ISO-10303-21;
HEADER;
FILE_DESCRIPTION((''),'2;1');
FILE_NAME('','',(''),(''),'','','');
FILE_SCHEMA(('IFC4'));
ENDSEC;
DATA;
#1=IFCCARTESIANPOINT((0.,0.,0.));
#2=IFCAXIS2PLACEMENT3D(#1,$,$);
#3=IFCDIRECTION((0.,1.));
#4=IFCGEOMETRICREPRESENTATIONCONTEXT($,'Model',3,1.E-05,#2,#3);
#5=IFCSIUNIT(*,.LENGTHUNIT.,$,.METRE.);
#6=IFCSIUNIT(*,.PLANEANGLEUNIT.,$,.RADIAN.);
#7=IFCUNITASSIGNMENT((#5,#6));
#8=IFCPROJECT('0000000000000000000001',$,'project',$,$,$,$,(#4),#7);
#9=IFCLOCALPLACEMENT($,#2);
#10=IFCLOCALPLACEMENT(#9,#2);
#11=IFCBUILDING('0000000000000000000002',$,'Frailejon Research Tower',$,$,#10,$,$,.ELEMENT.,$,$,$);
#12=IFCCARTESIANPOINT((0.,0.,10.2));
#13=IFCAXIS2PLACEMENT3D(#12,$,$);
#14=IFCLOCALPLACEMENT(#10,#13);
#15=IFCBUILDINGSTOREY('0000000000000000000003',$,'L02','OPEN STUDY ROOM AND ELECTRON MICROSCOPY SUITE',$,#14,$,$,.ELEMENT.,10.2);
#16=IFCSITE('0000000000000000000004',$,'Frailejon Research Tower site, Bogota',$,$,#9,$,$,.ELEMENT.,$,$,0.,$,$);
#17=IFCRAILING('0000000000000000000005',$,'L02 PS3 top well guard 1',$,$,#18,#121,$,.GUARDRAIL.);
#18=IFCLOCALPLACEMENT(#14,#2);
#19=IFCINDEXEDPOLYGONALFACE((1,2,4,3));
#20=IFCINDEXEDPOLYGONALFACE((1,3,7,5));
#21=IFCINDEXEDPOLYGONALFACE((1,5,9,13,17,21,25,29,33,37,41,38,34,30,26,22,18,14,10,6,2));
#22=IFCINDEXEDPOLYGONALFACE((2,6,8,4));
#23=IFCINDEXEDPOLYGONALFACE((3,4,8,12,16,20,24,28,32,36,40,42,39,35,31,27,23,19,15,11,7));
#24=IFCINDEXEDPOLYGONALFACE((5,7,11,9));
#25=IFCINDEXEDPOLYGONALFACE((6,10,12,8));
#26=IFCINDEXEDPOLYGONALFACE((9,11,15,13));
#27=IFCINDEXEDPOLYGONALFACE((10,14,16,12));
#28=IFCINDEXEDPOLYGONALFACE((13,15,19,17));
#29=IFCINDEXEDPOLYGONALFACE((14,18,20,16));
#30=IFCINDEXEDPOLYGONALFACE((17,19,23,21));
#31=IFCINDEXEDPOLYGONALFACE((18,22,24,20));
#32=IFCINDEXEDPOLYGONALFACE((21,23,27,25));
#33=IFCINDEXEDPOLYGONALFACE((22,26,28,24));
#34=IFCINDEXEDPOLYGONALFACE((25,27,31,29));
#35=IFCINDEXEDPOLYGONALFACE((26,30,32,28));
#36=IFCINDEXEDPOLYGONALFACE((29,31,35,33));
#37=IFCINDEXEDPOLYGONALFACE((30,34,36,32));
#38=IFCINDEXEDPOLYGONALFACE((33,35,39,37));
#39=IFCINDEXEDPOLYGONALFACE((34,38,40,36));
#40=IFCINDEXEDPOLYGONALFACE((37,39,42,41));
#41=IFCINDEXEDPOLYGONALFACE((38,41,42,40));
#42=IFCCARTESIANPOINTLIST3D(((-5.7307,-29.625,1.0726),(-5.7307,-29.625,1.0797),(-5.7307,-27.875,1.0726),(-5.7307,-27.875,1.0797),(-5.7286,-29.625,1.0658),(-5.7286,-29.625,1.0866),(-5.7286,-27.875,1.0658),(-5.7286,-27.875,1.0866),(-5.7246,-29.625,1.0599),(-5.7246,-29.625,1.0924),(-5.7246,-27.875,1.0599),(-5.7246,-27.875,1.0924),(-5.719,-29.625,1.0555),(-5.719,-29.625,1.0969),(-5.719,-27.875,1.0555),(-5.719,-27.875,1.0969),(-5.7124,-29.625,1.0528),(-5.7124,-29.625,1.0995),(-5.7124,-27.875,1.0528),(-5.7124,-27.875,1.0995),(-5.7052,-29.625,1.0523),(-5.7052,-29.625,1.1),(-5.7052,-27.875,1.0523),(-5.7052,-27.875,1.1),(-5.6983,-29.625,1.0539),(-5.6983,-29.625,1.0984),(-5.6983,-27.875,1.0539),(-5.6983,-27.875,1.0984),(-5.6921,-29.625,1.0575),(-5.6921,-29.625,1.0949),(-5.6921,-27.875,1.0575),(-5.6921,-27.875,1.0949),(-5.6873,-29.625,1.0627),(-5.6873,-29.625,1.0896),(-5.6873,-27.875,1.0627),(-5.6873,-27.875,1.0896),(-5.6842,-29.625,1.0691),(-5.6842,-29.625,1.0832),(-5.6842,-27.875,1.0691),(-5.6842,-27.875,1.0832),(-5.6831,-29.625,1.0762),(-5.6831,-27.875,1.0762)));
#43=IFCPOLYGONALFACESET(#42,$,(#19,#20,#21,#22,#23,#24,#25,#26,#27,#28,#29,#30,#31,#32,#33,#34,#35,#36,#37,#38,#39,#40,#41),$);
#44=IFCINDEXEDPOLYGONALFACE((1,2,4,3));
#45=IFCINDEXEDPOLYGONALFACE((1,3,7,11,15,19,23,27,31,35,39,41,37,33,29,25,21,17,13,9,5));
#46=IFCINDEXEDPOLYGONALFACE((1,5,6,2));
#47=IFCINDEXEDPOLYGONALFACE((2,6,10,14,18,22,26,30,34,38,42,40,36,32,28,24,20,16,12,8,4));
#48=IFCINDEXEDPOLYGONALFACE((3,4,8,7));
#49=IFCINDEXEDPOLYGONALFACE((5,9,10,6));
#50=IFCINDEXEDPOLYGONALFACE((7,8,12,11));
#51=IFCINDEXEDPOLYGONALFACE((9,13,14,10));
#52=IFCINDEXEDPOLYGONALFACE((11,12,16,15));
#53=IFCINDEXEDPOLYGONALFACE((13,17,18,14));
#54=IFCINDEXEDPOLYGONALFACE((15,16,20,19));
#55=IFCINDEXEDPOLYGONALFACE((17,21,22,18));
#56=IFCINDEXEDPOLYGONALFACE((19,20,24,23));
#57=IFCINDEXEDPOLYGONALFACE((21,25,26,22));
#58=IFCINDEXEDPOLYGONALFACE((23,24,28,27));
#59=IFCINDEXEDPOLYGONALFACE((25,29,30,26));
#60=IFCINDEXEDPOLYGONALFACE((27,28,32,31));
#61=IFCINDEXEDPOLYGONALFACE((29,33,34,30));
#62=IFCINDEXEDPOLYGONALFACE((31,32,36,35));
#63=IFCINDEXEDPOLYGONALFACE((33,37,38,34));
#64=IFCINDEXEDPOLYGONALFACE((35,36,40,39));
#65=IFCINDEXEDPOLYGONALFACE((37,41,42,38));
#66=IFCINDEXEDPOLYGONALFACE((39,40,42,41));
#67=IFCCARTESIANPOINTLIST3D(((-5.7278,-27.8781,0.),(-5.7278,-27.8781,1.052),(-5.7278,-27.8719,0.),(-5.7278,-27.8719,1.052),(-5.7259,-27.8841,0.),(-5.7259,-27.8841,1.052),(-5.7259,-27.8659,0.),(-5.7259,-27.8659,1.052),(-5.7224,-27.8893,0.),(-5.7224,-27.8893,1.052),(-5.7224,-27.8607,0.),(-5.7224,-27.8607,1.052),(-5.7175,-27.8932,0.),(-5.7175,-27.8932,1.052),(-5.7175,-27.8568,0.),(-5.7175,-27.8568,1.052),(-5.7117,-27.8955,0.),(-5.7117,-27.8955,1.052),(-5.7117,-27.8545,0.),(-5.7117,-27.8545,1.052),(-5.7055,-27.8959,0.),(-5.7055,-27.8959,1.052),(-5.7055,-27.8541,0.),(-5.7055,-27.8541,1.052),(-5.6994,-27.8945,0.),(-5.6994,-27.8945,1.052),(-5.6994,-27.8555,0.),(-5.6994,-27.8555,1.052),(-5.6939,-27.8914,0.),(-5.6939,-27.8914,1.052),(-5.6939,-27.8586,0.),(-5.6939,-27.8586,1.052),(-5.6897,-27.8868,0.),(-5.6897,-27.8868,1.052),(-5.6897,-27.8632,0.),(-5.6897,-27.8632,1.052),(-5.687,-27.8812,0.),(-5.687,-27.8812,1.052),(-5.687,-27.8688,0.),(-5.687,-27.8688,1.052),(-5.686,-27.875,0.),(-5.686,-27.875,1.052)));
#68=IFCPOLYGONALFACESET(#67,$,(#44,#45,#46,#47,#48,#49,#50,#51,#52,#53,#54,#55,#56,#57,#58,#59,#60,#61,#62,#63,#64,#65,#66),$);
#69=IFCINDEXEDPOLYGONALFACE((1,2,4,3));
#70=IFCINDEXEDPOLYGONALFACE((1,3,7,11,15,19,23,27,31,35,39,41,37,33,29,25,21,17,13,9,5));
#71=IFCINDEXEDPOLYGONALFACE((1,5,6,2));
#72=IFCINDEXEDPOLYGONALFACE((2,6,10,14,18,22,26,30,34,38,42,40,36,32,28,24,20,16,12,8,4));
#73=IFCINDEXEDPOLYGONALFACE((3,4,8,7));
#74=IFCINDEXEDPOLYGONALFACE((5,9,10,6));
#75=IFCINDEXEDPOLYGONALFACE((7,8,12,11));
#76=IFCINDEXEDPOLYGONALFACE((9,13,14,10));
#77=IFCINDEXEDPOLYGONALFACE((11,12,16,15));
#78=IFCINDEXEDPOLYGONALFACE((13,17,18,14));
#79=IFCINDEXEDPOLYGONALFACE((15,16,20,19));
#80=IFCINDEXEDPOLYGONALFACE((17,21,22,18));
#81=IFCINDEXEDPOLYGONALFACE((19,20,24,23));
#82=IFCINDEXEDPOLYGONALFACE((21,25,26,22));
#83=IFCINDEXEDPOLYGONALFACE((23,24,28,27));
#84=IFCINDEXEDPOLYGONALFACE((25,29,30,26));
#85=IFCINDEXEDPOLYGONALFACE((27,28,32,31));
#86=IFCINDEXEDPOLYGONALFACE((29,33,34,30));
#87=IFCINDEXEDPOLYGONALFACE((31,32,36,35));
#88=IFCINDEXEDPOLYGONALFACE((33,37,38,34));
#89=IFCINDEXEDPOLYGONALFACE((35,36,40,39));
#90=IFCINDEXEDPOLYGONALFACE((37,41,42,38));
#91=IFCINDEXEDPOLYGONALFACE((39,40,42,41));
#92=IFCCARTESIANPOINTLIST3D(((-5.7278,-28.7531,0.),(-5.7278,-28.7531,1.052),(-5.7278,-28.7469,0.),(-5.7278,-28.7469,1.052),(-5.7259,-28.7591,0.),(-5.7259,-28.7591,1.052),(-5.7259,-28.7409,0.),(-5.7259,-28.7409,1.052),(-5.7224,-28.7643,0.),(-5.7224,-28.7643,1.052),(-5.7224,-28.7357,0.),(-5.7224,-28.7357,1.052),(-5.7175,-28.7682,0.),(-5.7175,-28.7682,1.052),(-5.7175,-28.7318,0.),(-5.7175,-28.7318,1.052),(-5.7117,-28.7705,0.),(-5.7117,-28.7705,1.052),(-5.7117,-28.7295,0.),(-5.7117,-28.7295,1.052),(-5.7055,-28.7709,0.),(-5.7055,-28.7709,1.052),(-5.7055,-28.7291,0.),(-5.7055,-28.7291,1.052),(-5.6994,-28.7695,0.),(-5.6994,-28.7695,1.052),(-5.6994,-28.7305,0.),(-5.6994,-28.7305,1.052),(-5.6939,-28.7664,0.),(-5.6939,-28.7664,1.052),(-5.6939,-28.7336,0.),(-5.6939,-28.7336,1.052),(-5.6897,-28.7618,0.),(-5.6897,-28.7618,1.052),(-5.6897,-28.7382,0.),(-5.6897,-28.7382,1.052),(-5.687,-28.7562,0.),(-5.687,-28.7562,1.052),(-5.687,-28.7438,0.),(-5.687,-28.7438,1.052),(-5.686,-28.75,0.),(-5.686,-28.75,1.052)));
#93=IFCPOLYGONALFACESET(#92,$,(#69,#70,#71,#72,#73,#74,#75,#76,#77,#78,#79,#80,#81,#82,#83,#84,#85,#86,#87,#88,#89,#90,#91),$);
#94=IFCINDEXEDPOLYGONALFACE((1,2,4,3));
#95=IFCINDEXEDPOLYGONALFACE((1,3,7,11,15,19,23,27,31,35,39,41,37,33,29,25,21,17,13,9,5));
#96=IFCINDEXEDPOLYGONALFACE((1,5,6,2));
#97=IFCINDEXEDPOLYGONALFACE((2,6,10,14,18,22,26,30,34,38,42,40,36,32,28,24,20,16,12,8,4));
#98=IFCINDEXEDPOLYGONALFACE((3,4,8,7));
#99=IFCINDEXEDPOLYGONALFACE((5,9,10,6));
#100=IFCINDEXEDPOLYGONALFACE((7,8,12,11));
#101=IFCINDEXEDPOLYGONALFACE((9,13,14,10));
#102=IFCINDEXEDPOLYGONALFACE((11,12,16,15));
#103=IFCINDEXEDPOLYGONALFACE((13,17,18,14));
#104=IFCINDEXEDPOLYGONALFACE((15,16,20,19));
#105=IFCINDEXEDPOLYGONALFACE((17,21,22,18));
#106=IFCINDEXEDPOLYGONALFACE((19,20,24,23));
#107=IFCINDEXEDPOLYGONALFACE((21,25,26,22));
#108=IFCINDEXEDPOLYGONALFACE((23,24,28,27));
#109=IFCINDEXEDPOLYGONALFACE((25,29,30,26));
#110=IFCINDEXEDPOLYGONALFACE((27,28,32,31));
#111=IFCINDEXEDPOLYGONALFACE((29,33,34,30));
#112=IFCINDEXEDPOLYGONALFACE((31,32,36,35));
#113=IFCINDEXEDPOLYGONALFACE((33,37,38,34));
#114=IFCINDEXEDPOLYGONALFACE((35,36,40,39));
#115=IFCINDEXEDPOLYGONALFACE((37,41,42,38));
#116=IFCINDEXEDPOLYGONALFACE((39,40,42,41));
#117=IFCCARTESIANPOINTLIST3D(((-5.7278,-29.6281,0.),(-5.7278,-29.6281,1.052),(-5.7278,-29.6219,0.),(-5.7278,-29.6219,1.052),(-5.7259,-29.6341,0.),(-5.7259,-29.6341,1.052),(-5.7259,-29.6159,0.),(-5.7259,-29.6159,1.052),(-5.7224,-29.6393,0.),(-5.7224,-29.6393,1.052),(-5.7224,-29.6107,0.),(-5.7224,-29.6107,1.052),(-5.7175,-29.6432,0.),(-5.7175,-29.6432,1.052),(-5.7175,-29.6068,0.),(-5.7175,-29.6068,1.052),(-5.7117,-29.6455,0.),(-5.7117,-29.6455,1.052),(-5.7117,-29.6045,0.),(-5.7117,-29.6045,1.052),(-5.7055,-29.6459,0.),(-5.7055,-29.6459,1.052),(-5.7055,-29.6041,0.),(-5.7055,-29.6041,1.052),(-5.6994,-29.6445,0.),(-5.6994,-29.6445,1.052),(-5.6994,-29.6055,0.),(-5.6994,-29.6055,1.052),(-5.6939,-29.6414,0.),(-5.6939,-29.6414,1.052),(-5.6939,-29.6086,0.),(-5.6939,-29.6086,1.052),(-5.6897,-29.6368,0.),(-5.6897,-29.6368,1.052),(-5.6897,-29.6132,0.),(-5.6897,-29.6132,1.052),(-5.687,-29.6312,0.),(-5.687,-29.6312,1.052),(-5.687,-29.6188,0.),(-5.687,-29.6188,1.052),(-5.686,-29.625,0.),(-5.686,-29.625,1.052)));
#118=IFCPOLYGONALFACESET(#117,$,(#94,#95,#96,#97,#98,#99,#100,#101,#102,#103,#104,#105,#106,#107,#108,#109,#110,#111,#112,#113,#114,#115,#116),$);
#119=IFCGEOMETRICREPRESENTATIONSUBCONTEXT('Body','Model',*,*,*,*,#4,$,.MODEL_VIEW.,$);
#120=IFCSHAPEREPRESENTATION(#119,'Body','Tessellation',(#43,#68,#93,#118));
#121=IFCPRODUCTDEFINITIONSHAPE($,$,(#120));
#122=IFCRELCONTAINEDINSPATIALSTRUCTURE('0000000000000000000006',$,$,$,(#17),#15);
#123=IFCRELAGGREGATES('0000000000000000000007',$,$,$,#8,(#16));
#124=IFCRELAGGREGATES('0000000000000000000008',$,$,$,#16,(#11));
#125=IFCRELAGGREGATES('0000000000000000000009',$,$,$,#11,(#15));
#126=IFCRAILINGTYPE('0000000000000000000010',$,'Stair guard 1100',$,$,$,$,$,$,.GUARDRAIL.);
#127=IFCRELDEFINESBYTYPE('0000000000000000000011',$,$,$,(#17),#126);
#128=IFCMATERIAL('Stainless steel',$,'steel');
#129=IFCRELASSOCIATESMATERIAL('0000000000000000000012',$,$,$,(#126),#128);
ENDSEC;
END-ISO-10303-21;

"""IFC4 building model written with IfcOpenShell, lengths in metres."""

from ifc_helpers import new_model, si_unit, direction, frame, origin, origin_2d, place, context, subcontext, project, spatial, circle, extrude, material, type_object, element, save


model = new_model("IFC4")

# Units and contexts
model_context = context("Model", 3, precision=1e-05, world=origin(), true_north=direction((0.0, 1.0)))
body_context = subcontext(model_context, "Body", "Model", "MODEL_VIEW")
ifc_project = project(units=[si_unit("LENGTHUNIT", "METRE"), si_unit("PLANEANGLEUNIT", "RADIAN")], contexts=[model_context])

# Site, building, storey
site_placement = place(None, origin())
site = spatial("IfcSite", under=ifc_project, at=site_placement, Name="Frailejon Research Tower site, Bogota", CompositionType="ELEMENT", RefElevation=0.0)
building_placement = place(site_placement, origin())
building = spatial("IfcBuilding", under=site, at=building_placement, Name="Frailejon Research Tower", CompositionType="ELEMENT")
storey_placement = place(building_placement, frame((0.0, 0.0, 10.2)))
storey = spatial("IfcBuildingStorey", under=building, at=storey_placement, Name="L02", Description="OPEN STUDY ROOM AND ELECTRON MICROSCOPY SUITE", CompositionType="ELEMENT", Elevation=10.2)

# Railing
ifc_material_1 = material(Name="Stainless steel", Category="steel")
railing_type = type_object("IfcRailingType", Name="Stair guard 1100", PredefinedType="GUARDRAIL", material=ifc_material_1)
railing_placement = place(storey_placement, frame((-5.707, -27.875, 0.0)))
element("IfcRailing", 1, at=railing_placement, inside=storey, type_object=railing_type, Name="L02 PS3 top well guard 1", PredefinedType="GUARDRAIL", context=body_context, shape_type="SweptSolid", body=[
    extrude(circle(Radius=0.0239, at=origin_2d()), frame((0.0, 0.0, 1.0762), z_axis=(0.0, -1.0, 0.0), x_axis=(1.0, 0.0, 0.0)), (0.0, 0.0, 1.0), 1.75),
    extrude(circle(Radius=0.021, at=origin_2d()), origin(), (0.0, 0.0, 1.0), 1.052),
    extrude(circle(Radius=0.021, at=origin_2d()), frame((0.0, -0.875, 0.0)), (0.0, 0.0, 1.0), 1.052),
    extrude(circle(Radius=0.021, at=origin_2d()), frame((0.0, -1.75, 0.0)), (0.0, 0.0, 1.0), 1.052),
])

save(model, "model.ifc")
